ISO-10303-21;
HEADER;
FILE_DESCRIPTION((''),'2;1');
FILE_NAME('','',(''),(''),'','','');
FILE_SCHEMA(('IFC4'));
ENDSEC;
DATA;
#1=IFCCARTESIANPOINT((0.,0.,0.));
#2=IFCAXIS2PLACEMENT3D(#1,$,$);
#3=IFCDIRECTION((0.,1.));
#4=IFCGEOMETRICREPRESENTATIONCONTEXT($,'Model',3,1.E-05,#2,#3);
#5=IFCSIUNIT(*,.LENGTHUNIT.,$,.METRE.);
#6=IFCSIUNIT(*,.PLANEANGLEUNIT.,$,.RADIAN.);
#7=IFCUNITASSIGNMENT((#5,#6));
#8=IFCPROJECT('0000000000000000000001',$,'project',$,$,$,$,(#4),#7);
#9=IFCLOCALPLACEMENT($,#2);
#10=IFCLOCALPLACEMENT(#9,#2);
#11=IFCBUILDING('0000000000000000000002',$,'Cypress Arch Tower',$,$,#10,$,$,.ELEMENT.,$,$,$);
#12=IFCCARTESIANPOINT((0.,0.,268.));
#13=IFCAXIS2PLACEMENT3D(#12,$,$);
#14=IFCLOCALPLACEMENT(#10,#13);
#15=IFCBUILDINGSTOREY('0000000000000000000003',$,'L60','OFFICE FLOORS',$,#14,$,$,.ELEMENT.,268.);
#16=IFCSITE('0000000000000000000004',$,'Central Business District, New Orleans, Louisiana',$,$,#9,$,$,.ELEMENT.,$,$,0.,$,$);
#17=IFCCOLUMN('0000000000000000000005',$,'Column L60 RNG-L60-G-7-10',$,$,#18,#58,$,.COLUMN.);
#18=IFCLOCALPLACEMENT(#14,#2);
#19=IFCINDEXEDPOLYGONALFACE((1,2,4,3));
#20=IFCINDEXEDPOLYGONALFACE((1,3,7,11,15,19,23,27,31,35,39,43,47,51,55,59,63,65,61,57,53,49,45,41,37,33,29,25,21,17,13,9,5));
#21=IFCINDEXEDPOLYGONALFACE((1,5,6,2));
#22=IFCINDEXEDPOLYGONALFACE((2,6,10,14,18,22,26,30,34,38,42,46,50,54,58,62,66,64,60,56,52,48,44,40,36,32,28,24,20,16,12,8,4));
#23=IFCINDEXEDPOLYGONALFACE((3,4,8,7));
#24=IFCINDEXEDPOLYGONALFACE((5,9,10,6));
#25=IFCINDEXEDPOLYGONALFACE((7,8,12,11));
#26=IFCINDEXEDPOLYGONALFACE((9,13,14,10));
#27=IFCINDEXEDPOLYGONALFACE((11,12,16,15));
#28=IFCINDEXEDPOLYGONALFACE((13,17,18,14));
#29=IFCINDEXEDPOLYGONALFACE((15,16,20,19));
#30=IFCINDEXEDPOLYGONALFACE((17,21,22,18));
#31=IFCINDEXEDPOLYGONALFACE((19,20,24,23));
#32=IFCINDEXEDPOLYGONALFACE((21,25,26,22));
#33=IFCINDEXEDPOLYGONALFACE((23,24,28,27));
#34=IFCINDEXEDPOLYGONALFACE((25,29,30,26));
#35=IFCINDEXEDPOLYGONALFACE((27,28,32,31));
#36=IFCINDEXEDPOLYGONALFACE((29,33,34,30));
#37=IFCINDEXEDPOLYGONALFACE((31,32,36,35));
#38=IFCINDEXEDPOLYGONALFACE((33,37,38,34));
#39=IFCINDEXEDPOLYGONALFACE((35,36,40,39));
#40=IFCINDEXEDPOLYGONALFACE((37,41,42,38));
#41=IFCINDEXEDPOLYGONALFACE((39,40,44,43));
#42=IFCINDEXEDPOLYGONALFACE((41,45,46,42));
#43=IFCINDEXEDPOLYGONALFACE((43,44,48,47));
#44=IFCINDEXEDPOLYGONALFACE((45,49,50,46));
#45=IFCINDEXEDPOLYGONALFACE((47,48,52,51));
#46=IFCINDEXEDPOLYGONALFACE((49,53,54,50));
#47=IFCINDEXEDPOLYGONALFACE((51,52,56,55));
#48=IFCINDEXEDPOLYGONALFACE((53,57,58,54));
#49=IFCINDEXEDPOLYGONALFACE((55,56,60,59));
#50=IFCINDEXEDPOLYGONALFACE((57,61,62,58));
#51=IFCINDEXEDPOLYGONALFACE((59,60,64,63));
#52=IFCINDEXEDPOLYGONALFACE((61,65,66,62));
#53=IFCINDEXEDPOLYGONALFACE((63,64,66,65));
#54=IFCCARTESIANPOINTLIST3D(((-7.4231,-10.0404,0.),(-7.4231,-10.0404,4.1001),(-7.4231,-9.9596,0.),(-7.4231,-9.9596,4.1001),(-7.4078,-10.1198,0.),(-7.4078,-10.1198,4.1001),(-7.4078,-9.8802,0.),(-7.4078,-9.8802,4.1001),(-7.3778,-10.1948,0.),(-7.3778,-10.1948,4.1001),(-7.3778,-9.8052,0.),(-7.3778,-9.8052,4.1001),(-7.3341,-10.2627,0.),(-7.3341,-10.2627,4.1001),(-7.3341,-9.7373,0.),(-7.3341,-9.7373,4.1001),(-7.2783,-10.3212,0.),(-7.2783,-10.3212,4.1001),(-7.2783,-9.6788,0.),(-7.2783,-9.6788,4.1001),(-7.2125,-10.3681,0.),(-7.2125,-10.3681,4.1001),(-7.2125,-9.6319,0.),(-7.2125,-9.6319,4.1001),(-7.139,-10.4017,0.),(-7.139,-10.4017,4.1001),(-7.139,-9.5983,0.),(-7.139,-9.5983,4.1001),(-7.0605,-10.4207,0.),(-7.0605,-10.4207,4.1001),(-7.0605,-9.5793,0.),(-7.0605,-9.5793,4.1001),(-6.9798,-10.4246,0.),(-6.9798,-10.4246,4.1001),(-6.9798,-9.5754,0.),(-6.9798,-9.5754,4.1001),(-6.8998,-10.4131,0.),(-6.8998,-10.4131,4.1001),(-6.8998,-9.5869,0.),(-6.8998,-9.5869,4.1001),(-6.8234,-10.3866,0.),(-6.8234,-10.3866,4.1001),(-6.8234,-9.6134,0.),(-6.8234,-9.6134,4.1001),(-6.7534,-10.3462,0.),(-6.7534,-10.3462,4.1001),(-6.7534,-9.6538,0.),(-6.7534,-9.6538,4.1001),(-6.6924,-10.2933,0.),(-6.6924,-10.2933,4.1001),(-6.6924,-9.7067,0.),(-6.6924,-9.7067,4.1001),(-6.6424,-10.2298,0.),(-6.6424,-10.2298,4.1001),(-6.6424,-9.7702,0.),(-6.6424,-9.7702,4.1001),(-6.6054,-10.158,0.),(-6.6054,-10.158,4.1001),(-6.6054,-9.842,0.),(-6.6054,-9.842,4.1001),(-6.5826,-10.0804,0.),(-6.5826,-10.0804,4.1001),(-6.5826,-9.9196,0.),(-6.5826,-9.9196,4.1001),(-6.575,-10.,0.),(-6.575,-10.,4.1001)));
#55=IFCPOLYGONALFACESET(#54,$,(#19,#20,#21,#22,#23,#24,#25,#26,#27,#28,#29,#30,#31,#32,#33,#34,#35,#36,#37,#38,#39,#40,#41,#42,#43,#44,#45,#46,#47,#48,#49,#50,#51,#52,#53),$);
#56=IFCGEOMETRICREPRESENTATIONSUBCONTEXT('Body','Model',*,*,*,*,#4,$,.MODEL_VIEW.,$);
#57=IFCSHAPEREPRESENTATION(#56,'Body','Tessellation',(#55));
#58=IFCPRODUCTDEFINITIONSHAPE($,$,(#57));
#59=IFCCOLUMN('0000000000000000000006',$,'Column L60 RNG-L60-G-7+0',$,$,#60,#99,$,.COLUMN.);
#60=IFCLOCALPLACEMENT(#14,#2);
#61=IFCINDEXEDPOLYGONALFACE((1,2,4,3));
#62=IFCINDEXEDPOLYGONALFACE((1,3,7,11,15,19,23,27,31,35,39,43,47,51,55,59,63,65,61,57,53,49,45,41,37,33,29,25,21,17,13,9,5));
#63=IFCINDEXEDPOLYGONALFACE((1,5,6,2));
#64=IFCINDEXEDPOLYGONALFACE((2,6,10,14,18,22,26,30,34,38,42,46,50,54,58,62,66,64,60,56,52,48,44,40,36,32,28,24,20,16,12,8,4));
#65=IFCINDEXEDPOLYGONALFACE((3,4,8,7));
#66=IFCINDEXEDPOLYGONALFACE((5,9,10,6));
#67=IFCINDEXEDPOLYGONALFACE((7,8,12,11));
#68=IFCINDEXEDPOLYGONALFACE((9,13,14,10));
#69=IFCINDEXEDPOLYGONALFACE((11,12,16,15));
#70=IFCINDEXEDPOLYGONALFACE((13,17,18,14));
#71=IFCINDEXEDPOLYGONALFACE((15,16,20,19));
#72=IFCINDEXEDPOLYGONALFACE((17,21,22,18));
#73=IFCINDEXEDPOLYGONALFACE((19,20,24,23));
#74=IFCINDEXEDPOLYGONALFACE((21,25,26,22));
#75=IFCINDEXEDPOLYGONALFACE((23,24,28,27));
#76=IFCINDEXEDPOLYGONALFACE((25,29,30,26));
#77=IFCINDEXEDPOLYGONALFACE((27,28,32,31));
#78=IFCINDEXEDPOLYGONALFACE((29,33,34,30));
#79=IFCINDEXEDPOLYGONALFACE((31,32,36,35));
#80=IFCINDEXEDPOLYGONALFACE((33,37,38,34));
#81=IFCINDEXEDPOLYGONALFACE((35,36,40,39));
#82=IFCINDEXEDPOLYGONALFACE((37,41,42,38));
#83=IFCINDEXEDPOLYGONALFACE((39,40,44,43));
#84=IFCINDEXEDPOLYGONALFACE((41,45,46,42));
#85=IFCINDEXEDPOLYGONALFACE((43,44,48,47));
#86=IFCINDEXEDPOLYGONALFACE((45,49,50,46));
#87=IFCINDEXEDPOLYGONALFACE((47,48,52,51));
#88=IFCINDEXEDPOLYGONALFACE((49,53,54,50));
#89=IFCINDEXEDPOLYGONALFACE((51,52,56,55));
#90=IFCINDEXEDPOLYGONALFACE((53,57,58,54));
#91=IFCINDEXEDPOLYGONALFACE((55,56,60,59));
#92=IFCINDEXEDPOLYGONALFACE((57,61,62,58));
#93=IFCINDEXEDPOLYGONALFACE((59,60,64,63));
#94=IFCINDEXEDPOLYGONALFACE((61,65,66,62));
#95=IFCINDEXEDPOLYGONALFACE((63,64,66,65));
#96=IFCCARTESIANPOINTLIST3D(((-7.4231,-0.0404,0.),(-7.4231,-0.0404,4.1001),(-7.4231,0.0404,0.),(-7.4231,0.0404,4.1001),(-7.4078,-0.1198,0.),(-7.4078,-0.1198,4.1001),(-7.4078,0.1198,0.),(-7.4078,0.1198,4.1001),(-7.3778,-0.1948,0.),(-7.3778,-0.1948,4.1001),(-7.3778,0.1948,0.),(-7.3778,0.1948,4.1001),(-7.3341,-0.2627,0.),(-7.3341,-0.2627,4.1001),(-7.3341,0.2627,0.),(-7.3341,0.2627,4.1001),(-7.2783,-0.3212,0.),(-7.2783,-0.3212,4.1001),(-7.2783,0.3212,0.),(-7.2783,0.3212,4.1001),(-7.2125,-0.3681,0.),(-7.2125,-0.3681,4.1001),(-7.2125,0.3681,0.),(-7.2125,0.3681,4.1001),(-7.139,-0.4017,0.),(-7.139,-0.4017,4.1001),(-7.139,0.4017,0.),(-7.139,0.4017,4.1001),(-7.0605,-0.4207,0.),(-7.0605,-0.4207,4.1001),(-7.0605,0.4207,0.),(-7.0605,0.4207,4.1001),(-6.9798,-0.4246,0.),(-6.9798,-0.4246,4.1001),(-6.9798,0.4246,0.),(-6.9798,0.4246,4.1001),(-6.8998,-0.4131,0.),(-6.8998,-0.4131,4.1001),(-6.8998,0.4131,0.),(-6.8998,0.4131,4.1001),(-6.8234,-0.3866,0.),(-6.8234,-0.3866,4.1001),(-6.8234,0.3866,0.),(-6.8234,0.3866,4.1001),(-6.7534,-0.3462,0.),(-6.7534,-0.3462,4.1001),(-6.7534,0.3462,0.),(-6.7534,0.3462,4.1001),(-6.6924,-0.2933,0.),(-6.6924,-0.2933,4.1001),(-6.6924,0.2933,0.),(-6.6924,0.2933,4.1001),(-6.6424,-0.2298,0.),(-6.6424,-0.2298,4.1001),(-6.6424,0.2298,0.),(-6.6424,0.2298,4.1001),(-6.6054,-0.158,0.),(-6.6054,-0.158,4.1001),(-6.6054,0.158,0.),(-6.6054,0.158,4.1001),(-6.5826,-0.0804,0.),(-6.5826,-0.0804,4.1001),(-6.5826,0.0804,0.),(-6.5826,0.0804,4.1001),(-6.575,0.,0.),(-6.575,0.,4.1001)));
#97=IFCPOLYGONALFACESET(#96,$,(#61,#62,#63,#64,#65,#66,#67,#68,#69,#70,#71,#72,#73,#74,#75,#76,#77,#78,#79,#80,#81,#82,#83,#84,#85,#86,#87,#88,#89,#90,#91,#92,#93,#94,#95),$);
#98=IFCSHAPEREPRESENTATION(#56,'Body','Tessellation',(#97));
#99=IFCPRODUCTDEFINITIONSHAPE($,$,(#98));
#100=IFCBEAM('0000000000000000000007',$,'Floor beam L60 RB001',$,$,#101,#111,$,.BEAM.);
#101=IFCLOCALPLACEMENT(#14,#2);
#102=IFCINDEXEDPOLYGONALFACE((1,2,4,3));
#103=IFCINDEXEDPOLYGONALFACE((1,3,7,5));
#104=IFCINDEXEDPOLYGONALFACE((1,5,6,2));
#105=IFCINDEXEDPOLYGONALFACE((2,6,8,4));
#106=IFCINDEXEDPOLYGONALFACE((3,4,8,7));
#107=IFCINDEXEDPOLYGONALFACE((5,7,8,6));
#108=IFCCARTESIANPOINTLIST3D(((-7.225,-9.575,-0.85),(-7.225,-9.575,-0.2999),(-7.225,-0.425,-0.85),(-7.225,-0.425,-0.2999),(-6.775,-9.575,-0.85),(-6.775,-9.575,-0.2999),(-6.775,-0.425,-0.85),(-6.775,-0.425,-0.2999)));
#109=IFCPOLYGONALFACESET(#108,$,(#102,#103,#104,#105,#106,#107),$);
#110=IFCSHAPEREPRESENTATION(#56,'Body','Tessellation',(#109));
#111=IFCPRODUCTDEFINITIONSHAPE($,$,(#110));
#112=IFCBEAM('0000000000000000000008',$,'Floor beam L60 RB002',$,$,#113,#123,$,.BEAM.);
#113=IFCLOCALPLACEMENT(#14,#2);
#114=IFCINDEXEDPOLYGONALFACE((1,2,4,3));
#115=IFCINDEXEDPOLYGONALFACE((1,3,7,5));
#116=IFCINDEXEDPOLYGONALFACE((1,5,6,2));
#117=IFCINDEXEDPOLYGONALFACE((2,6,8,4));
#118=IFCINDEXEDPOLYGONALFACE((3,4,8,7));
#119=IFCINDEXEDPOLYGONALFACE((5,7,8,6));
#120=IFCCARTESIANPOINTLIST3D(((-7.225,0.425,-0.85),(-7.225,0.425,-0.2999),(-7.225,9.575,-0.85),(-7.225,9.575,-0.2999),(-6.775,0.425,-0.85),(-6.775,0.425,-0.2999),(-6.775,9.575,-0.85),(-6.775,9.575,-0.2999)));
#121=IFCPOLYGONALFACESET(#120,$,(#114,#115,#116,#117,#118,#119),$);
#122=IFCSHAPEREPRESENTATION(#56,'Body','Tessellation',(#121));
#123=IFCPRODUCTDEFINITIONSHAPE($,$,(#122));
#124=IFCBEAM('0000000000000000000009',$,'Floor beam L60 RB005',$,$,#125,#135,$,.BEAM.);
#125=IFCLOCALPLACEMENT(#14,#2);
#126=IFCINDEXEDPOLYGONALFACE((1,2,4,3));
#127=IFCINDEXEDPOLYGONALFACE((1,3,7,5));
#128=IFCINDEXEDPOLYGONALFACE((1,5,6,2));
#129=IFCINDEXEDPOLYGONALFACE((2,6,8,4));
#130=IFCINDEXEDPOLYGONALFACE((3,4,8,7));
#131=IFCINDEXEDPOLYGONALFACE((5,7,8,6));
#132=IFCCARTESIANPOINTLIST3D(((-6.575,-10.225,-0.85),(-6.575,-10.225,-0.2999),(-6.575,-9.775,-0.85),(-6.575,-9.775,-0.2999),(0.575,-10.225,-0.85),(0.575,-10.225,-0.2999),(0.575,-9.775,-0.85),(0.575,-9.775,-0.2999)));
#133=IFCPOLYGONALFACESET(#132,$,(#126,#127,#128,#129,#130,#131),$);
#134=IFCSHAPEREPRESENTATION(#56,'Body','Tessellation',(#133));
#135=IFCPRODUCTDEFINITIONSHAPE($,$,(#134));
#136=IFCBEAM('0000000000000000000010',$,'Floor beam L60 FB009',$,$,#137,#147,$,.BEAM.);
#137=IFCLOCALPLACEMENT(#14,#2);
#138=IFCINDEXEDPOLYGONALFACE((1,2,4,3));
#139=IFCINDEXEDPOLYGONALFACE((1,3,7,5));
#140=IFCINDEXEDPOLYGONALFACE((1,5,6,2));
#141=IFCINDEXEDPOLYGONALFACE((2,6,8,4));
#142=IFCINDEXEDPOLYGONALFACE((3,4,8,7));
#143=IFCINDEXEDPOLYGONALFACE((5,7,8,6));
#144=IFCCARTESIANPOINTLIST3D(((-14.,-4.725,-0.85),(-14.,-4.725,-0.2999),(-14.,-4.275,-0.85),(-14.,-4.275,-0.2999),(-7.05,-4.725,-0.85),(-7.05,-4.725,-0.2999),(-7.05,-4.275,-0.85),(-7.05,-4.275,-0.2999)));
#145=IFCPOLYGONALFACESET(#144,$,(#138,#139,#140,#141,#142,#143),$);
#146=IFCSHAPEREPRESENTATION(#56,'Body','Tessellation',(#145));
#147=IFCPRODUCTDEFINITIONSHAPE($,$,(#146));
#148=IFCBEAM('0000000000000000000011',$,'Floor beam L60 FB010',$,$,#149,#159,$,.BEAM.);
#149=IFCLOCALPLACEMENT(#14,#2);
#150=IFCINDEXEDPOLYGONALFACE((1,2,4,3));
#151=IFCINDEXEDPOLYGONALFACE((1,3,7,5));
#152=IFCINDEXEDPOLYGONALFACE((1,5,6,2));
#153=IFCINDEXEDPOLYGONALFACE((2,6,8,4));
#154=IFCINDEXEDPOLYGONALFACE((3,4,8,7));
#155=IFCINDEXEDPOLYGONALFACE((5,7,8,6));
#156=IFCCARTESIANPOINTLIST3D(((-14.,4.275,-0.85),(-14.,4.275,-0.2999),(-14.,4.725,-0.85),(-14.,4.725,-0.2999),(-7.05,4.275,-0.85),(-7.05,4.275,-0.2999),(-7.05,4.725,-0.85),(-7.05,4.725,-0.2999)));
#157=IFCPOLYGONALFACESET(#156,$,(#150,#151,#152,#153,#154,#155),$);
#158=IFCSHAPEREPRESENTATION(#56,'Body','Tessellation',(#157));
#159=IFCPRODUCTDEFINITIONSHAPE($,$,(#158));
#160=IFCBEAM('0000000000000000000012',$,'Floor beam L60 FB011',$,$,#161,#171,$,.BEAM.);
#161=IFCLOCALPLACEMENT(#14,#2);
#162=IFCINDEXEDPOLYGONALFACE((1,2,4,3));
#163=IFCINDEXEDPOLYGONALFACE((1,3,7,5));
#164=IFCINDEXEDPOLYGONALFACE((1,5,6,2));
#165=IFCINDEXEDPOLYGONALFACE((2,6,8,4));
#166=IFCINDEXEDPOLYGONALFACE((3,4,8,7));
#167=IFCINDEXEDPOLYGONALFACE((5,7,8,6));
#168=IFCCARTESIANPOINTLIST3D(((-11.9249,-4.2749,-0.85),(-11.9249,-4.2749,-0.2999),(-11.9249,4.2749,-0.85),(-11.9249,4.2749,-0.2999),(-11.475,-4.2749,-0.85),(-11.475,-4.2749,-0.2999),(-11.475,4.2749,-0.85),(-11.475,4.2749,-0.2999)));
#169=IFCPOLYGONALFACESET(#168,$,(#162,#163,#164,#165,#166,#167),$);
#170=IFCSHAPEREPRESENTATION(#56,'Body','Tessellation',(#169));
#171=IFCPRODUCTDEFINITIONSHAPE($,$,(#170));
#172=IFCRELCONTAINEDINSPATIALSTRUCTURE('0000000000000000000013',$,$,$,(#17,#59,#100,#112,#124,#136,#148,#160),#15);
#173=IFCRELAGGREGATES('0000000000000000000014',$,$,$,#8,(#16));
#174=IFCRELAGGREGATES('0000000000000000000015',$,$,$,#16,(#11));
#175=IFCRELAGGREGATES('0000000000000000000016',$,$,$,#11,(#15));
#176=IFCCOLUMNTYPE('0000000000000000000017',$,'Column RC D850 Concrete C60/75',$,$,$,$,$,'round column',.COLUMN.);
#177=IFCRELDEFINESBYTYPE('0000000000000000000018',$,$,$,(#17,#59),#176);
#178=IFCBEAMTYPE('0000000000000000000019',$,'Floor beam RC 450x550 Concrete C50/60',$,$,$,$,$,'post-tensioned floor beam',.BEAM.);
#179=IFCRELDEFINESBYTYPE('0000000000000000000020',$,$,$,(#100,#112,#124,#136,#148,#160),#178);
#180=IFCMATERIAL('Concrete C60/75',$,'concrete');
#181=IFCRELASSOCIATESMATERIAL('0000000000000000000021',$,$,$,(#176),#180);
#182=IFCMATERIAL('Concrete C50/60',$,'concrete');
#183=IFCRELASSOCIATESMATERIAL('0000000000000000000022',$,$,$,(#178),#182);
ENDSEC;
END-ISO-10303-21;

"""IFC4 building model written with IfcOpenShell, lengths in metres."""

from ifc_helpers import new_model, si_unit, direction, frame, origin, origin_2d, place, context, subcontext, project, spatial, rectangle, circle, extrude, material, material_profile, profile_set, type_object, element, save


model = new_model("IFC4")

# Units and contexts
model_context = context("Model", 3, precision=1e-05, world=origin(), true_north=direction((0.0, 1.0)))
body_context = subcontext(model_context, "Body", "Model", "MODEL_VIEW")
ifc_project = project(units=[si_unit("LENGTHUNIT", "METRE"), si_unit("PLANEANGLEUNIT", "RADIAN")], contexts=[model_context])

# Site, building, storey
site_placement = place(None, origin())
site = spatial("IfcSite", under=ifc_project, at=site_placement, Name="Central Business District, New Orleans, Louisiana", CompositionType="ELEMENT", RefElevation=0.0)
building_placement = place(site_placement, origin())
building = spatial("IfcBuilding", under=site, at=building_placement, Name="Cypress Arch Tower", CompositionType="ELEMENT")
storey_placement = place(building_placement, frame((0.0, 0.0, 268.0)))
storey = spatial("IfcBuildingStorey", under=building, at=storey_placement, Name="L60", Description="OFFICE FLOORS", CompositionType="ELEMENT", Elevation=268.0)

# Columns
ifc_material_1 = material(Name="Concrete C60/75", Category="concrete")
ifc_material_profile_1 = material_profile(ifc_material_1, circle(Radius=0.425, at=origin_2d()), Name="RC D850")
ifc_profile_set_1 = profile_set([ifc_material_profile_1], Name="Concrete C60/75")
column_type = type_object("IfcColumnType", Name="Column RC D850 Concrete C60/75", ElementType="round column", PredefinedType="COLUMN", material=ifc_profile_set_1)
for number, where, z_axis, x_axis, name in (
    (1, (-7.0, -10.0, 0.0), (0.0, 0.0, 1.0), (1.0, 0.0, 0.0), "Column L60 RNG-L60-G-7-10"),
    (2, (-7.0, 0.0, 0.0), (0.0, 0.0, 1.0), (1.0, 0.0, 0.0), "Column L60 RNG-L60-G-7+0"),
):
    element("IfcColumn", number, at=place(storey_placement, frame(where, z_axis=z_axis, x_axis=x_axis)), inside=storey, type_object=column_type, Name=name, PredefinedType="COLUMN", context=body_context, shape_type="SweptSolid", body=[
        extrude(circle(Radius=0.425, at=origin_2d()), origin(), (0.0, 0.0, 1.0), 4.1001),
    ])

# Beams
ifc_material_2 = material(Name="Concrete C50/60", Category="concrete")
ifc_material_profile_2 = material_profile(ifc_material_2, rectangle(XDim=0.45, YDim=0.55, at=origin_2d()), Name="RC 450x550")
ifc_profile_set_2 = profile_set([ifc_material_profile_2], Name="Concrete C50/60")
beam_type = type_object("IfcBeamType", Name="Floor beam RC 450x550 Concrete C50/60", ElementType="post-tensioned floor beam", PredefinedType="BEAM", material=ifc_profile_set_2)
for number, where, z_axis, x_axis, name in (
    (3, (-7.0, -9.575, -0.575), (0.0, 1.0, 0.0), (-1.0, 0.0, 0.0), "Floor beam L60 RB001"),
    (4, (-7.0, 0.425, -0.575), (0.0, 1.0, 0.0), (-1.0, 0.0, 0.0), "Floor beam L60 RB002"),
):
    element("IfcBeam", number, at=place(storey_placement, frame(where, z_axis=z_axis, x_axis=x_axis)), inside=storey, type_object=beam_type, Name=name, PredefinedType="BEAM", context=body_context, shape_type="SweptSolid", body=[
        extrude(rectangle(XDim=0.45, YDim=0.55, at=origin_2d()), origin(), (0.0, 0.0, 1.0), 9.1499),
    ])
beam_1_placement = place(storey_placement, frame((-6.575, -10.0, -0.575), z_axis=(1.0, 0.0, 0.0), x_axis=(0.0, 1.0, 0.0)))
element("IfcBeam", 5, at=beam_1_placement, inside=storey, type_object=beam_type, Name="Floor beam L60 RB005", PredefinedType="BEAM", context=body_context, shape_type="SweptSolid", body=[
    extrude(rectangle(XDim=0.45, YDim=0.55, at=origin_2d()), origin(), (0.0, 0.0, 1.0), 7.1499),
])
for number, where, z_axis, x_axis, name in (
    (6, (-14.0, -4.5, -0.575), (1.0, 0.0, 0.0), (0.0, 1.0, 0.0), "Floor beam L60 FB009"),
    (7, (-14.0, 4.5, -0.575), (1.0, 0.0, 0.0), (0.0, 1.0, 0.0), "Floor beam L60 FB010"),
):
    element("IfcBeam", number, at=place(storey_placement, frame(where, z_axis=z_axis, x_axis=x_axis)), inside=storey, type_object=beam_type, Name=name, PredefinedType="BEAM", context=body_context, shape_type="SweptSolid", body=[
        extrude(rectangle(XDim=0.45, YDim=0.55, at=origin_2d()), origin(), (0.0, 0.0, 1.0), 6.95),
    ])
beam_2_placement = place(storey_placement, frame((-11.7, -4.2749, -0.575), z_axis=(0.0, 1.0, 0.0), x_axis=(-1.0, 0.0, 0.0)))
element("IfcBeam", 8, at=beam_2_placement, inside=storey, type_object=beam_type, Name="Floor beam L60 FB011", PredefinedType="BEAM", context=body_context, shape_type="SweptSolid", body=[
    extrude(rectangle(XDim=0.45, YDim=0.55, at=origin_2d()), origin(), (0.0, 0.0, 1.0), 8.5498),
])

save(model, "model.ifc")
